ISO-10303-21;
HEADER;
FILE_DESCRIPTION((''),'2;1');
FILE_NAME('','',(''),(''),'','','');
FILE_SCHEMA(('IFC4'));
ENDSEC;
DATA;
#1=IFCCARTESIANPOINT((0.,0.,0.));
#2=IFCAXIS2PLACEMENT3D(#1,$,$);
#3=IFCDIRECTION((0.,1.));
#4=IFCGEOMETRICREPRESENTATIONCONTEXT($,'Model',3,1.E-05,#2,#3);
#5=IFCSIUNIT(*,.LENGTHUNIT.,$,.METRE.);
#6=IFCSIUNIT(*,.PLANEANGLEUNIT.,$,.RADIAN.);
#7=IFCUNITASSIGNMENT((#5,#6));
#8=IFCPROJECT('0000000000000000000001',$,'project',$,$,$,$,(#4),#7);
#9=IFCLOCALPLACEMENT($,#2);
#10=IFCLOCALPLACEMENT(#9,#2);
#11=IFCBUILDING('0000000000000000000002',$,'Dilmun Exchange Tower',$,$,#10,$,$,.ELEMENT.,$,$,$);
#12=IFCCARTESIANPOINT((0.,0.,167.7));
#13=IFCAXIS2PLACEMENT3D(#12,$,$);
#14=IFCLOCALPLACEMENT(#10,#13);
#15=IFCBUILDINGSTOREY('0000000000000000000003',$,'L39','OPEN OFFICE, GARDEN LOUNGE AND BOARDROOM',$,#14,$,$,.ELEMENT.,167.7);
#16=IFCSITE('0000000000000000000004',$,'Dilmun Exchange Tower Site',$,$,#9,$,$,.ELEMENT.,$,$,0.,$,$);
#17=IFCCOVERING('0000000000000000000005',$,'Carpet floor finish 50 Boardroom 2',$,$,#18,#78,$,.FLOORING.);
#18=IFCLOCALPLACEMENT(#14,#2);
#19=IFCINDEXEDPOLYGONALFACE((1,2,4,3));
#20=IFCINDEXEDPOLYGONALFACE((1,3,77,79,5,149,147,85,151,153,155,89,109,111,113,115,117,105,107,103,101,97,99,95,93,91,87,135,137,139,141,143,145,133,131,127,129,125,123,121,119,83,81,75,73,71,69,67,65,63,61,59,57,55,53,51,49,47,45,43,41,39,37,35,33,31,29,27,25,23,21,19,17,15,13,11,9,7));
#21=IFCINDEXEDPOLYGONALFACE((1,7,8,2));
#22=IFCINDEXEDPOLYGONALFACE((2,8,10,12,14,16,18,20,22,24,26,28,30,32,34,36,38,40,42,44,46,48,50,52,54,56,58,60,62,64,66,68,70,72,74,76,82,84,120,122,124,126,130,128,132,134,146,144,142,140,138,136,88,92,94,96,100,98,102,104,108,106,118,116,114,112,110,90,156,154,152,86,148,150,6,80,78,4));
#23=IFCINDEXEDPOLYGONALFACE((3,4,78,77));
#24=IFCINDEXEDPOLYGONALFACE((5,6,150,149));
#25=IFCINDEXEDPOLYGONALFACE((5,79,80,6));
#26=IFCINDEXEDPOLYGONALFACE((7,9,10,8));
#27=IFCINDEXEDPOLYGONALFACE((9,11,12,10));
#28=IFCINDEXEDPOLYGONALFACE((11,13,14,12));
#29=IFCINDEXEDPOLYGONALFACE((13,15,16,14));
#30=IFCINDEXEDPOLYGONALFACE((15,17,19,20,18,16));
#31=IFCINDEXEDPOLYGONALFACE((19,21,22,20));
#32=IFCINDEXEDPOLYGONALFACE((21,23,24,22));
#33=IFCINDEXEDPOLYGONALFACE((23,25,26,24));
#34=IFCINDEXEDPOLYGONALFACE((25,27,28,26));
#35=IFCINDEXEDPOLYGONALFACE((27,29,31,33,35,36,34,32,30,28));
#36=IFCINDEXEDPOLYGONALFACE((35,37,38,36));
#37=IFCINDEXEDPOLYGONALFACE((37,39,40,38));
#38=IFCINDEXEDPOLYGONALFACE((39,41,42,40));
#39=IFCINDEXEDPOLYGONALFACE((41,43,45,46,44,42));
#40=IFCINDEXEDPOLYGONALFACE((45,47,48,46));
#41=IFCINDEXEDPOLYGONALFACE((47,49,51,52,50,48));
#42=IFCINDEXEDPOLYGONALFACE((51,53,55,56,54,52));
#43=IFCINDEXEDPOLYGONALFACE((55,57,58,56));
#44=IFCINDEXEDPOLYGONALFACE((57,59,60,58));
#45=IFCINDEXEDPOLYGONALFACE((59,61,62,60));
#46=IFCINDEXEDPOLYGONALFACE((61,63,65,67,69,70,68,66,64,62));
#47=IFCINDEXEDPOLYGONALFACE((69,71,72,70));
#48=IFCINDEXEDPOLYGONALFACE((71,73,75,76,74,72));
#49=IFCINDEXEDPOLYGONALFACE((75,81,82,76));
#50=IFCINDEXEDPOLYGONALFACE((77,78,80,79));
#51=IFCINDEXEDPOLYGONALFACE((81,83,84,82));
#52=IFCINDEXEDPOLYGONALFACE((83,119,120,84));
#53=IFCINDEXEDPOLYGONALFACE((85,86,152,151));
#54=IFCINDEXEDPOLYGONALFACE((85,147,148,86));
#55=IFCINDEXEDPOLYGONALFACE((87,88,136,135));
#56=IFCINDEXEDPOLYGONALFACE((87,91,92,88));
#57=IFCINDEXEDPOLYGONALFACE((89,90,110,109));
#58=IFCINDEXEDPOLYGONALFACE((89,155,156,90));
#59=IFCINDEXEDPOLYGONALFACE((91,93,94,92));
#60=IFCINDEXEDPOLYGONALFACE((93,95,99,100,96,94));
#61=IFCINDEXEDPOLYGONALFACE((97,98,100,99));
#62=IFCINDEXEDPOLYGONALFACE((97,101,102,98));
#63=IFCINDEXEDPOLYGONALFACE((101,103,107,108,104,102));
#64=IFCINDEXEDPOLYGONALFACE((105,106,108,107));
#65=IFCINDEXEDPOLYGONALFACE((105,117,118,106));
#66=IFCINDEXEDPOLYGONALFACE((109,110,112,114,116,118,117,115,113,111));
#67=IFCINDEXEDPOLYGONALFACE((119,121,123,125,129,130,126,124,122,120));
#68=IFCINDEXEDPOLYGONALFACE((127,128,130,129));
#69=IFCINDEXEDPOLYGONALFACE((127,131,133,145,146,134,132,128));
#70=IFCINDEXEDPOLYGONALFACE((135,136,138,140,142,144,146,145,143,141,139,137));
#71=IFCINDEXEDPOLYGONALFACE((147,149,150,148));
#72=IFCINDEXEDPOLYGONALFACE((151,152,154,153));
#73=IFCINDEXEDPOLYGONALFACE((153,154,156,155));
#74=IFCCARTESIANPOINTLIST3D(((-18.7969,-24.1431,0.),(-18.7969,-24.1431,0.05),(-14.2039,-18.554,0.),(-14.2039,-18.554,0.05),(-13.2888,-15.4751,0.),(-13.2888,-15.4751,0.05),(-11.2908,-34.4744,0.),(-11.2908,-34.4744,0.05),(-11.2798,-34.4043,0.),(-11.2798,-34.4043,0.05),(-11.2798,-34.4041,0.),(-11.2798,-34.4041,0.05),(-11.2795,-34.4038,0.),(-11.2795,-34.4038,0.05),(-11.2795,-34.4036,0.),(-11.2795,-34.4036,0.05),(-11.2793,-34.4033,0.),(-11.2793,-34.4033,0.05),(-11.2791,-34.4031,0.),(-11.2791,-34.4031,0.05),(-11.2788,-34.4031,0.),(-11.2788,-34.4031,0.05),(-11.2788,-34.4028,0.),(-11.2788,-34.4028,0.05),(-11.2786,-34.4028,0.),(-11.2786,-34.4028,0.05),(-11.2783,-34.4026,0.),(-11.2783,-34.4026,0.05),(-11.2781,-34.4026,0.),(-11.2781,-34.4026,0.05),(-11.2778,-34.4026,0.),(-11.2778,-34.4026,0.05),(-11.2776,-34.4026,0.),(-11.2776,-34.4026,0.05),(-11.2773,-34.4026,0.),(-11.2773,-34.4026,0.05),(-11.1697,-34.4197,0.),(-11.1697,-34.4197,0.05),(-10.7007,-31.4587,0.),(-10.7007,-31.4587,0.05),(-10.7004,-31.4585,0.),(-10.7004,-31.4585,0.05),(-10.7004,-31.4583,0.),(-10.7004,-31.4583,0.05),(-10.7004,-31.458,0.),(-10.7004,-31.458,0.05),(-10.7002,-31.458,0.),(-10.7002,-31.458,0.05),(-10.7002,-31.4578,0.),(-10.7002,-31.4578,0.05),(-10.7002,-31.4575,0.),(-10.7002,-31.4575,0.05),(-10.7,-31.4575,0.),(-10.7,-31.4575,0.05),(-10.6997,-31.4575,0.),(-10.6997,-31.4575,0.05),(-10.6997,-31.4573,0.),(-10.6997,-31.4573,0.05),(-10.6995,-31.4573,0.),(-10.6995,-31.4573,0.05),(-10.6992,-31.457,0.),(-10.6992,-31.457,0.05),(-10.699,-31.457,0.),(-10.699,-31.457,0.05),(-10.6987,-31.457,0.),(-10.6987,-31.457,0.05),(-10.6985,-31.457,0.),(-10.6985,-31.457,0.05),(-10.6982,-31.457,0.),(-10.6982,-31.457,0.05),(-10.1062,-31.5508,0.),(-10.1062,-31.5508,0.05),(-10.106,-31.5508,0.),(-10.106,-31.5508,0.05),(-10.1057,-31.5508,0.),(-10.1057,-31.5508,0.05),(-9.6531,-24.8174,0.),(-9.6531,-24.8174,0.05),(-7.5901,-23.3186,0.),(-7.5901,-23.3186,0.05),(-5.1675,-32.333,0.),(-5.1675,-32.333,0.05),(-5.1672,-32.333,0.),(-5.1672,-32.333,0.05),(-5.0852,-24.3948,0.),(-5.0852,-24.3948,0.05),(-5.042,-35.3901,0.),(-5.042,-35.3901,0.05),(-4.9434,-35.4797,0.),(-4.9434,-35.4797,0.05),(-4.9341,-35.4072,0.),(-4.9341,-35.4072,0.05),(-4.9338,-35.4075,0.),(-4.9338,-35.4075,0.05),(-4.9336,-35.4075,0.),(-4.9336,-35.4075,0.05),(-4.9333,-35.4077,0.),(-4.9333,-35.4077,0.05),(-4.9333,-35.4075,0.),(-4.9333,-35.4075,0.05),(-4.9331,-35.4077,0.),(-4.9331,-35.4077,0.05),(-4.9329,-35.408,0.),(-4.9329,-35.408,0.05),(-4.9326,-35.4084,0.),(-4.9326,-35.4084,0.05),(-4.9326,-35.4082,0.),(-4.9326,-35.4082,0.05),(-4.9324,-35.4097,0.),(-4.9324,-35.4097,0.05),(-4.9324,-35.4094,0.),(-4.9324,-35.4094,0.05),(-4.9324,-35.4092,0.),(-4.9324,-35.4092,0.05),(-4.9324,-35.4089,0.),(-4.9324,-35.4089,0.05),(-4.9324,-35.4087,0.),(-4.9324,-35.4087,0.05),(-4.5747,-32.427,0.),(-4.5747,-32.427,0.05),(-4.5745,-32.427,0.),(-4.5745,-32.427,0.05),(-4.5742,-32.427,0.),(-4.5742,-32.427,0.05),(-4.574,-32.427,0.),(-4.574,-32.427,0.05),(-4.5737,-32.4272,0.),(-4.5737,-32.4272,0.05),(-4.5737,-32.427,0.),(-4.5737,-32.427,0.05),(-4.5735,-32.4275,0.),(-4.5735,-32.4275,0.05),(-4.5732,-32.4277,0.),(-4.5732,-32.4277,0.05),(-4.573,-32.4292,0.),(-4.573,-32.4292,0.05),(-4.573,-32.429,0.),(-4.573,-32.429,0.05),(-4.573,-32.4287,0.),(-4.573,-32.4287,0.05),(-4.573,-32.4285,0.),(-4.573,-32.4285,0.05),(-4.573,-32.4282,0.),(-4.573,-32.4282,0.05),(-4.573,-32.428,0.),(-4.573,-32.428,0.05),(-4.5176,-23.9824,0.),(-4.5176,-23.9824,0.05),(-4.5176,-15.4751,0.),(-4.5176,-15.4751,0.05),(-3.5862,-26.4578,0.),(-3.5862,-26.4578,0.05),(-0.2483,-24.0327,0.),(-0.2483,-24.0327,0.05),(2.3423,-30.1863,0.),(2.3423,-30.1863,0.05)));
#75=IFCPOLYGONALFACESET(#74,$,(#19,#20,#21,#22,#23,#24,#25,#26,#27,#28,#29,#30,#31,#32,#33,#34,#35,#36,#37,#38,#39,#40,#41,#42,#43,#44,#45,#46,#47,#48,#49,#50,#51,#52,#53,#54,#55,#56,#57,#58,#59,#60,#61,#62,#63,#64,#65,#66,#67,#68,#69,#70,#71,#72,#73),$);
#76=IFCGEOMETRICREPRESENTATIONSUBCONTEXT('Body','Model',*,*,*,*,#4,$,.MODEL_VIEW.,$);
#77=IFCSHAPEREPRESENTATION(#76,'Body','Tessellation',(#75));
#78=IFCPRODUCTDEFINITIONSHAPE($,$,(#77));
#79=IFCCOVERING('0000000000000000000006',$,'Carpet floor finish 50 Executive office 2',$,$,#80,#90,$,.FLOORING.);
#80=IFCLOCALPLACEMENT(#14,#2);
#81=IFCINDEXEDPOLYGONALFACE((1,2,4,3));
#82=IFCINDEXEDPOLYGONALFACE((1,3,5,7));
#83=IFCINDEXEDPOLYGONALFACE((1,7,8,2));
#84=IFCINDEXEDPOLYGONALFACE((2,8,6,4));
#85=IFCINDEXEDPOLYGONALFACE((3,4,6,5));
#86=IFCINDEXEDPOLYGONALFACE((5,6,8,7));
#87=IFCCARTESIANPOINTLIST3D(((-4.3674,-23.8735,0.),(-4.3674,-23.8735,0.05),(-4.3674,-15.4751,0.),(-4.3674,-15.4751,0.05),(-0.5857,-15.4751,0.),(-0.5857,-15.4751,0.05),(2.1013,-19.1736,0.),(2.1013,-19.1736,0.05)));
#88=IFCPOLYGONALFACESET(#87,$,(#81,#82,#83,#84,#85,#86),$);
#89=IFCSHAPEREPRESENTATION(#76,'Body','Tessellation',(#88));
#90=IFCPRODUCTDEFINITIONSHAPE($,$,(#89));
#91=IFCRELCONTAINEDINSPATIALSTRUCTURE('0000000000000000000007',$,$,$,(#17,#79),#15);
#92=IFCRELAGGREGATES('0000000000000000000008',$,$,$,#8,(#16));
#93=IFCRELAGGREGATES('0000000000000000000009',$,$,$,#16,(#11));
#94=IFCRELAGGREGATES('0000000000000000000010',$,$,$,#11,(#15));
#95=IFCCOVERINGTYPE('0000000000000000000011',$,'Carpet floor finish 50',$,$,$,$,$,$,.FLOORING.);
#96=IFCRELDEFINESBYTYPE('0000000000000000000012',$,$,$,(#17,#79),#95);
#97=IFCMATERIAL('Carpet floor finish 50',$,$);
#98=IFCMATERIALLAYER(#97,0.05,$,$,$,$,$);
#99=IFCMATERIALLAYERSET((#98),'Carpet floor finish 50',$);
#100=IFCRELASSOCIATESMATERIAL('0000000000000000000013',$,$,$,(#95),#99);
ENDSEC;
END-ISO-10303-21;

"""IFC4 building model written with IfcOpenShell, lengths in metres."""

from ifc_helpers import new_model, si_unit, direction, frame, origin, place, context, subcontext, project, spatial, polyline, outline, extrude, material, layer, layer_set, type_object, element, save


model = new_model("IFC4")

# Units and contexts
model_context = context("Model", 3, precision=1e-05, world=origin(), true_north=direction((0.0, 1.0)))
body_context = subcontext(model_context, "Body", "Model", "MODEL_VIEW")
ifc_project = project(units=[si_unit("LENGTHUNIT", "METRE"), si_unit("PLANEANGLEUNIT", "RADIAN")], contexts=[model_context])

# Site, building, storey
site_placement = place(None, origin())
site = spatial("IfcSite", under=ifc_project, at=site_placement, Name="Dilmun Exchange Tower Site", CompositionType="ELEMENT", RefElevation=0.0)
building_placement = place(site_placement, origin())
building = spatial("IfcBuilding", under=site, at=building_placement, Name="Dilmun Exchange Tower", CompositionType="ELEMENT")
storey_placement = place(building_placement, frame((0.0, 0.0, 167.7)))
storey = spatial("IfcBuildingStorey", under=building, at=storey_placement, Name="L39", Description="OPEN OFFICE, GARDEN LOUNGE AND BOARDROOM", CompositionType="ELEMENT", Elevation=167.7)

# Coverings
ifc_material_1 = material(Name="Carpet floor finish 50")
ifc_layer_1 = layer(ifc_material_1, 0.05)
ifc_layer_set_1 = layer_set([ifc_layer_1], Name="Carpet floor finish 50")
covering_type_1 = type_object("IfcCoveringType", Name="Carpet floor finish 50", PredefinedType="FLOORING", material=ifc_layer_set_1)
covering_1_placement = place(storey_placement, origin())
element("IfcCovering", 1, at=covering_1_placement, inside=storey, type_object=covering_type_1, Name="Carpet floor finish 50 Boardroom 2", PredefinedType="FLOORING", context=body_context, shape_type="SweptSolid", body=[
    extrude(outline(polyline([(-14.2039, -18.554), (-9.6531, -24.8174), (-7.5901, -23.3186), (-13.2888, -15.4751), (-4.5176, -15.4751), (-4.5176, -23.9824), (-5.0852, -24.3948), (-3.5862, -26.4578), (-0.2483, -24.0327), (2.3423, -30.1863), (-4.9434, -35.4797), (-4.9324, -35.4097), (-4.9324, -35.4094), (-4.9324, -35.4092), (-4.9324, -35.4089), (-4.9324, -35.4087), (-4.9324, -35.4087), (-4.9326, -35.4084), (-4.9326, -35.4082), (-4.9326, -35.4082), (-4.9329, -35.408), (-4.9331, -35.4077), (-4.9331, -35.4077), (-4.9333, -35.4077), (-4.9333, -35.4075), (-4.9336, -35.4075), (-4.9338, -35.4075), (-4.9341, -35.4072), (-5.042, -35.3901), (-4.573, -32.4292), (-4.573, -32.429), (-4.573, -32.4287), (-4.573, -32.4287), (-4.573, -32.4285), (-4.573, -32.4282), (-4.573, -32.428), (-4.5732, -32.4277), (-4.5732, -32.4277), (-4.5735, -32.4275), (-4.5735, -32.4275), (-4.5737, -32.4272), (-4.5737, -32.427), (-4.574, -32.427), (-4.5742, -32.427), (-4.5745, -32.427), (-4.5747, -32.427), (-5.1672, -32.333), (-5.1675, -32.333), (-5.1675, -32.333), (-10.1057, -31.5508), (-10.106, -31.5508), (-10.106, -31.5508), (-10.1062, -31.5508), (-10.6982, -31.457), (-10.6985, -31.457), (-10.6987, -31.457), (-10.699, -31.457), (-10.6992, -31.457), (-10.6992, -31.457), (-10.6995, -31.4573), (-10.6997, -31.4573), (-10.6997, -31.4575), (-10.7, -31.4575), (-10.7002, -31.4575), (-10.7002, -31.4578), (-10.7002, -31.458), (-10.7004, -31.458), (-10.7004, -31.4583), (-10.7004, -31.4585), (-10.7007, -31.4587), (-11.1697, -34.4197), (-11.2773, -34.4026), (-11.2776, -34.4026), (-11.2778, -34.4026), (-11.2781, -34.4026), (-11.2783, -34.4026), (-11.2783, -34.4026), (-11.2786, -34.4028), (-11.2788, -34.4028), (-11.2788, -34.4031), (-11.2791, -34.4031), (-11.2793, -34.4033), (-11.2793, -34.4033), (-11.2795, -34.4036), (-11.2795, -34.4038), (-11.2795, -34.4038), (-11.2798, -34.4041), (-11.2798, -34.4043), (-11.2908, -34.4744), (-18.7969, -24.1431), (-14.2039, -18.554)])), origin(), (0.0, 0.0, 1.0), 0.05),
])
covering_2_placement = place(storey_placement, origin())
element("IfcCovering", 2, at=covering_2_placement, inside=storey, type_object=covering_type_1, Name="Carpet floor finish 50 Executive office 2", PredefinedType="FLOORING", context=body_context, shape_type="SweptSolid", body=[
    extrude(outline(polyline([(-4.3674, -15.4751), (-0.5857, -15.4751), (2.1013, -19.1736), (-4.3674, -23.8735), (-4.3674, -15.4751)])), origin(), (0.0, 0.0, 1.0), 0.05),
])

save(model, "model.ifc")
